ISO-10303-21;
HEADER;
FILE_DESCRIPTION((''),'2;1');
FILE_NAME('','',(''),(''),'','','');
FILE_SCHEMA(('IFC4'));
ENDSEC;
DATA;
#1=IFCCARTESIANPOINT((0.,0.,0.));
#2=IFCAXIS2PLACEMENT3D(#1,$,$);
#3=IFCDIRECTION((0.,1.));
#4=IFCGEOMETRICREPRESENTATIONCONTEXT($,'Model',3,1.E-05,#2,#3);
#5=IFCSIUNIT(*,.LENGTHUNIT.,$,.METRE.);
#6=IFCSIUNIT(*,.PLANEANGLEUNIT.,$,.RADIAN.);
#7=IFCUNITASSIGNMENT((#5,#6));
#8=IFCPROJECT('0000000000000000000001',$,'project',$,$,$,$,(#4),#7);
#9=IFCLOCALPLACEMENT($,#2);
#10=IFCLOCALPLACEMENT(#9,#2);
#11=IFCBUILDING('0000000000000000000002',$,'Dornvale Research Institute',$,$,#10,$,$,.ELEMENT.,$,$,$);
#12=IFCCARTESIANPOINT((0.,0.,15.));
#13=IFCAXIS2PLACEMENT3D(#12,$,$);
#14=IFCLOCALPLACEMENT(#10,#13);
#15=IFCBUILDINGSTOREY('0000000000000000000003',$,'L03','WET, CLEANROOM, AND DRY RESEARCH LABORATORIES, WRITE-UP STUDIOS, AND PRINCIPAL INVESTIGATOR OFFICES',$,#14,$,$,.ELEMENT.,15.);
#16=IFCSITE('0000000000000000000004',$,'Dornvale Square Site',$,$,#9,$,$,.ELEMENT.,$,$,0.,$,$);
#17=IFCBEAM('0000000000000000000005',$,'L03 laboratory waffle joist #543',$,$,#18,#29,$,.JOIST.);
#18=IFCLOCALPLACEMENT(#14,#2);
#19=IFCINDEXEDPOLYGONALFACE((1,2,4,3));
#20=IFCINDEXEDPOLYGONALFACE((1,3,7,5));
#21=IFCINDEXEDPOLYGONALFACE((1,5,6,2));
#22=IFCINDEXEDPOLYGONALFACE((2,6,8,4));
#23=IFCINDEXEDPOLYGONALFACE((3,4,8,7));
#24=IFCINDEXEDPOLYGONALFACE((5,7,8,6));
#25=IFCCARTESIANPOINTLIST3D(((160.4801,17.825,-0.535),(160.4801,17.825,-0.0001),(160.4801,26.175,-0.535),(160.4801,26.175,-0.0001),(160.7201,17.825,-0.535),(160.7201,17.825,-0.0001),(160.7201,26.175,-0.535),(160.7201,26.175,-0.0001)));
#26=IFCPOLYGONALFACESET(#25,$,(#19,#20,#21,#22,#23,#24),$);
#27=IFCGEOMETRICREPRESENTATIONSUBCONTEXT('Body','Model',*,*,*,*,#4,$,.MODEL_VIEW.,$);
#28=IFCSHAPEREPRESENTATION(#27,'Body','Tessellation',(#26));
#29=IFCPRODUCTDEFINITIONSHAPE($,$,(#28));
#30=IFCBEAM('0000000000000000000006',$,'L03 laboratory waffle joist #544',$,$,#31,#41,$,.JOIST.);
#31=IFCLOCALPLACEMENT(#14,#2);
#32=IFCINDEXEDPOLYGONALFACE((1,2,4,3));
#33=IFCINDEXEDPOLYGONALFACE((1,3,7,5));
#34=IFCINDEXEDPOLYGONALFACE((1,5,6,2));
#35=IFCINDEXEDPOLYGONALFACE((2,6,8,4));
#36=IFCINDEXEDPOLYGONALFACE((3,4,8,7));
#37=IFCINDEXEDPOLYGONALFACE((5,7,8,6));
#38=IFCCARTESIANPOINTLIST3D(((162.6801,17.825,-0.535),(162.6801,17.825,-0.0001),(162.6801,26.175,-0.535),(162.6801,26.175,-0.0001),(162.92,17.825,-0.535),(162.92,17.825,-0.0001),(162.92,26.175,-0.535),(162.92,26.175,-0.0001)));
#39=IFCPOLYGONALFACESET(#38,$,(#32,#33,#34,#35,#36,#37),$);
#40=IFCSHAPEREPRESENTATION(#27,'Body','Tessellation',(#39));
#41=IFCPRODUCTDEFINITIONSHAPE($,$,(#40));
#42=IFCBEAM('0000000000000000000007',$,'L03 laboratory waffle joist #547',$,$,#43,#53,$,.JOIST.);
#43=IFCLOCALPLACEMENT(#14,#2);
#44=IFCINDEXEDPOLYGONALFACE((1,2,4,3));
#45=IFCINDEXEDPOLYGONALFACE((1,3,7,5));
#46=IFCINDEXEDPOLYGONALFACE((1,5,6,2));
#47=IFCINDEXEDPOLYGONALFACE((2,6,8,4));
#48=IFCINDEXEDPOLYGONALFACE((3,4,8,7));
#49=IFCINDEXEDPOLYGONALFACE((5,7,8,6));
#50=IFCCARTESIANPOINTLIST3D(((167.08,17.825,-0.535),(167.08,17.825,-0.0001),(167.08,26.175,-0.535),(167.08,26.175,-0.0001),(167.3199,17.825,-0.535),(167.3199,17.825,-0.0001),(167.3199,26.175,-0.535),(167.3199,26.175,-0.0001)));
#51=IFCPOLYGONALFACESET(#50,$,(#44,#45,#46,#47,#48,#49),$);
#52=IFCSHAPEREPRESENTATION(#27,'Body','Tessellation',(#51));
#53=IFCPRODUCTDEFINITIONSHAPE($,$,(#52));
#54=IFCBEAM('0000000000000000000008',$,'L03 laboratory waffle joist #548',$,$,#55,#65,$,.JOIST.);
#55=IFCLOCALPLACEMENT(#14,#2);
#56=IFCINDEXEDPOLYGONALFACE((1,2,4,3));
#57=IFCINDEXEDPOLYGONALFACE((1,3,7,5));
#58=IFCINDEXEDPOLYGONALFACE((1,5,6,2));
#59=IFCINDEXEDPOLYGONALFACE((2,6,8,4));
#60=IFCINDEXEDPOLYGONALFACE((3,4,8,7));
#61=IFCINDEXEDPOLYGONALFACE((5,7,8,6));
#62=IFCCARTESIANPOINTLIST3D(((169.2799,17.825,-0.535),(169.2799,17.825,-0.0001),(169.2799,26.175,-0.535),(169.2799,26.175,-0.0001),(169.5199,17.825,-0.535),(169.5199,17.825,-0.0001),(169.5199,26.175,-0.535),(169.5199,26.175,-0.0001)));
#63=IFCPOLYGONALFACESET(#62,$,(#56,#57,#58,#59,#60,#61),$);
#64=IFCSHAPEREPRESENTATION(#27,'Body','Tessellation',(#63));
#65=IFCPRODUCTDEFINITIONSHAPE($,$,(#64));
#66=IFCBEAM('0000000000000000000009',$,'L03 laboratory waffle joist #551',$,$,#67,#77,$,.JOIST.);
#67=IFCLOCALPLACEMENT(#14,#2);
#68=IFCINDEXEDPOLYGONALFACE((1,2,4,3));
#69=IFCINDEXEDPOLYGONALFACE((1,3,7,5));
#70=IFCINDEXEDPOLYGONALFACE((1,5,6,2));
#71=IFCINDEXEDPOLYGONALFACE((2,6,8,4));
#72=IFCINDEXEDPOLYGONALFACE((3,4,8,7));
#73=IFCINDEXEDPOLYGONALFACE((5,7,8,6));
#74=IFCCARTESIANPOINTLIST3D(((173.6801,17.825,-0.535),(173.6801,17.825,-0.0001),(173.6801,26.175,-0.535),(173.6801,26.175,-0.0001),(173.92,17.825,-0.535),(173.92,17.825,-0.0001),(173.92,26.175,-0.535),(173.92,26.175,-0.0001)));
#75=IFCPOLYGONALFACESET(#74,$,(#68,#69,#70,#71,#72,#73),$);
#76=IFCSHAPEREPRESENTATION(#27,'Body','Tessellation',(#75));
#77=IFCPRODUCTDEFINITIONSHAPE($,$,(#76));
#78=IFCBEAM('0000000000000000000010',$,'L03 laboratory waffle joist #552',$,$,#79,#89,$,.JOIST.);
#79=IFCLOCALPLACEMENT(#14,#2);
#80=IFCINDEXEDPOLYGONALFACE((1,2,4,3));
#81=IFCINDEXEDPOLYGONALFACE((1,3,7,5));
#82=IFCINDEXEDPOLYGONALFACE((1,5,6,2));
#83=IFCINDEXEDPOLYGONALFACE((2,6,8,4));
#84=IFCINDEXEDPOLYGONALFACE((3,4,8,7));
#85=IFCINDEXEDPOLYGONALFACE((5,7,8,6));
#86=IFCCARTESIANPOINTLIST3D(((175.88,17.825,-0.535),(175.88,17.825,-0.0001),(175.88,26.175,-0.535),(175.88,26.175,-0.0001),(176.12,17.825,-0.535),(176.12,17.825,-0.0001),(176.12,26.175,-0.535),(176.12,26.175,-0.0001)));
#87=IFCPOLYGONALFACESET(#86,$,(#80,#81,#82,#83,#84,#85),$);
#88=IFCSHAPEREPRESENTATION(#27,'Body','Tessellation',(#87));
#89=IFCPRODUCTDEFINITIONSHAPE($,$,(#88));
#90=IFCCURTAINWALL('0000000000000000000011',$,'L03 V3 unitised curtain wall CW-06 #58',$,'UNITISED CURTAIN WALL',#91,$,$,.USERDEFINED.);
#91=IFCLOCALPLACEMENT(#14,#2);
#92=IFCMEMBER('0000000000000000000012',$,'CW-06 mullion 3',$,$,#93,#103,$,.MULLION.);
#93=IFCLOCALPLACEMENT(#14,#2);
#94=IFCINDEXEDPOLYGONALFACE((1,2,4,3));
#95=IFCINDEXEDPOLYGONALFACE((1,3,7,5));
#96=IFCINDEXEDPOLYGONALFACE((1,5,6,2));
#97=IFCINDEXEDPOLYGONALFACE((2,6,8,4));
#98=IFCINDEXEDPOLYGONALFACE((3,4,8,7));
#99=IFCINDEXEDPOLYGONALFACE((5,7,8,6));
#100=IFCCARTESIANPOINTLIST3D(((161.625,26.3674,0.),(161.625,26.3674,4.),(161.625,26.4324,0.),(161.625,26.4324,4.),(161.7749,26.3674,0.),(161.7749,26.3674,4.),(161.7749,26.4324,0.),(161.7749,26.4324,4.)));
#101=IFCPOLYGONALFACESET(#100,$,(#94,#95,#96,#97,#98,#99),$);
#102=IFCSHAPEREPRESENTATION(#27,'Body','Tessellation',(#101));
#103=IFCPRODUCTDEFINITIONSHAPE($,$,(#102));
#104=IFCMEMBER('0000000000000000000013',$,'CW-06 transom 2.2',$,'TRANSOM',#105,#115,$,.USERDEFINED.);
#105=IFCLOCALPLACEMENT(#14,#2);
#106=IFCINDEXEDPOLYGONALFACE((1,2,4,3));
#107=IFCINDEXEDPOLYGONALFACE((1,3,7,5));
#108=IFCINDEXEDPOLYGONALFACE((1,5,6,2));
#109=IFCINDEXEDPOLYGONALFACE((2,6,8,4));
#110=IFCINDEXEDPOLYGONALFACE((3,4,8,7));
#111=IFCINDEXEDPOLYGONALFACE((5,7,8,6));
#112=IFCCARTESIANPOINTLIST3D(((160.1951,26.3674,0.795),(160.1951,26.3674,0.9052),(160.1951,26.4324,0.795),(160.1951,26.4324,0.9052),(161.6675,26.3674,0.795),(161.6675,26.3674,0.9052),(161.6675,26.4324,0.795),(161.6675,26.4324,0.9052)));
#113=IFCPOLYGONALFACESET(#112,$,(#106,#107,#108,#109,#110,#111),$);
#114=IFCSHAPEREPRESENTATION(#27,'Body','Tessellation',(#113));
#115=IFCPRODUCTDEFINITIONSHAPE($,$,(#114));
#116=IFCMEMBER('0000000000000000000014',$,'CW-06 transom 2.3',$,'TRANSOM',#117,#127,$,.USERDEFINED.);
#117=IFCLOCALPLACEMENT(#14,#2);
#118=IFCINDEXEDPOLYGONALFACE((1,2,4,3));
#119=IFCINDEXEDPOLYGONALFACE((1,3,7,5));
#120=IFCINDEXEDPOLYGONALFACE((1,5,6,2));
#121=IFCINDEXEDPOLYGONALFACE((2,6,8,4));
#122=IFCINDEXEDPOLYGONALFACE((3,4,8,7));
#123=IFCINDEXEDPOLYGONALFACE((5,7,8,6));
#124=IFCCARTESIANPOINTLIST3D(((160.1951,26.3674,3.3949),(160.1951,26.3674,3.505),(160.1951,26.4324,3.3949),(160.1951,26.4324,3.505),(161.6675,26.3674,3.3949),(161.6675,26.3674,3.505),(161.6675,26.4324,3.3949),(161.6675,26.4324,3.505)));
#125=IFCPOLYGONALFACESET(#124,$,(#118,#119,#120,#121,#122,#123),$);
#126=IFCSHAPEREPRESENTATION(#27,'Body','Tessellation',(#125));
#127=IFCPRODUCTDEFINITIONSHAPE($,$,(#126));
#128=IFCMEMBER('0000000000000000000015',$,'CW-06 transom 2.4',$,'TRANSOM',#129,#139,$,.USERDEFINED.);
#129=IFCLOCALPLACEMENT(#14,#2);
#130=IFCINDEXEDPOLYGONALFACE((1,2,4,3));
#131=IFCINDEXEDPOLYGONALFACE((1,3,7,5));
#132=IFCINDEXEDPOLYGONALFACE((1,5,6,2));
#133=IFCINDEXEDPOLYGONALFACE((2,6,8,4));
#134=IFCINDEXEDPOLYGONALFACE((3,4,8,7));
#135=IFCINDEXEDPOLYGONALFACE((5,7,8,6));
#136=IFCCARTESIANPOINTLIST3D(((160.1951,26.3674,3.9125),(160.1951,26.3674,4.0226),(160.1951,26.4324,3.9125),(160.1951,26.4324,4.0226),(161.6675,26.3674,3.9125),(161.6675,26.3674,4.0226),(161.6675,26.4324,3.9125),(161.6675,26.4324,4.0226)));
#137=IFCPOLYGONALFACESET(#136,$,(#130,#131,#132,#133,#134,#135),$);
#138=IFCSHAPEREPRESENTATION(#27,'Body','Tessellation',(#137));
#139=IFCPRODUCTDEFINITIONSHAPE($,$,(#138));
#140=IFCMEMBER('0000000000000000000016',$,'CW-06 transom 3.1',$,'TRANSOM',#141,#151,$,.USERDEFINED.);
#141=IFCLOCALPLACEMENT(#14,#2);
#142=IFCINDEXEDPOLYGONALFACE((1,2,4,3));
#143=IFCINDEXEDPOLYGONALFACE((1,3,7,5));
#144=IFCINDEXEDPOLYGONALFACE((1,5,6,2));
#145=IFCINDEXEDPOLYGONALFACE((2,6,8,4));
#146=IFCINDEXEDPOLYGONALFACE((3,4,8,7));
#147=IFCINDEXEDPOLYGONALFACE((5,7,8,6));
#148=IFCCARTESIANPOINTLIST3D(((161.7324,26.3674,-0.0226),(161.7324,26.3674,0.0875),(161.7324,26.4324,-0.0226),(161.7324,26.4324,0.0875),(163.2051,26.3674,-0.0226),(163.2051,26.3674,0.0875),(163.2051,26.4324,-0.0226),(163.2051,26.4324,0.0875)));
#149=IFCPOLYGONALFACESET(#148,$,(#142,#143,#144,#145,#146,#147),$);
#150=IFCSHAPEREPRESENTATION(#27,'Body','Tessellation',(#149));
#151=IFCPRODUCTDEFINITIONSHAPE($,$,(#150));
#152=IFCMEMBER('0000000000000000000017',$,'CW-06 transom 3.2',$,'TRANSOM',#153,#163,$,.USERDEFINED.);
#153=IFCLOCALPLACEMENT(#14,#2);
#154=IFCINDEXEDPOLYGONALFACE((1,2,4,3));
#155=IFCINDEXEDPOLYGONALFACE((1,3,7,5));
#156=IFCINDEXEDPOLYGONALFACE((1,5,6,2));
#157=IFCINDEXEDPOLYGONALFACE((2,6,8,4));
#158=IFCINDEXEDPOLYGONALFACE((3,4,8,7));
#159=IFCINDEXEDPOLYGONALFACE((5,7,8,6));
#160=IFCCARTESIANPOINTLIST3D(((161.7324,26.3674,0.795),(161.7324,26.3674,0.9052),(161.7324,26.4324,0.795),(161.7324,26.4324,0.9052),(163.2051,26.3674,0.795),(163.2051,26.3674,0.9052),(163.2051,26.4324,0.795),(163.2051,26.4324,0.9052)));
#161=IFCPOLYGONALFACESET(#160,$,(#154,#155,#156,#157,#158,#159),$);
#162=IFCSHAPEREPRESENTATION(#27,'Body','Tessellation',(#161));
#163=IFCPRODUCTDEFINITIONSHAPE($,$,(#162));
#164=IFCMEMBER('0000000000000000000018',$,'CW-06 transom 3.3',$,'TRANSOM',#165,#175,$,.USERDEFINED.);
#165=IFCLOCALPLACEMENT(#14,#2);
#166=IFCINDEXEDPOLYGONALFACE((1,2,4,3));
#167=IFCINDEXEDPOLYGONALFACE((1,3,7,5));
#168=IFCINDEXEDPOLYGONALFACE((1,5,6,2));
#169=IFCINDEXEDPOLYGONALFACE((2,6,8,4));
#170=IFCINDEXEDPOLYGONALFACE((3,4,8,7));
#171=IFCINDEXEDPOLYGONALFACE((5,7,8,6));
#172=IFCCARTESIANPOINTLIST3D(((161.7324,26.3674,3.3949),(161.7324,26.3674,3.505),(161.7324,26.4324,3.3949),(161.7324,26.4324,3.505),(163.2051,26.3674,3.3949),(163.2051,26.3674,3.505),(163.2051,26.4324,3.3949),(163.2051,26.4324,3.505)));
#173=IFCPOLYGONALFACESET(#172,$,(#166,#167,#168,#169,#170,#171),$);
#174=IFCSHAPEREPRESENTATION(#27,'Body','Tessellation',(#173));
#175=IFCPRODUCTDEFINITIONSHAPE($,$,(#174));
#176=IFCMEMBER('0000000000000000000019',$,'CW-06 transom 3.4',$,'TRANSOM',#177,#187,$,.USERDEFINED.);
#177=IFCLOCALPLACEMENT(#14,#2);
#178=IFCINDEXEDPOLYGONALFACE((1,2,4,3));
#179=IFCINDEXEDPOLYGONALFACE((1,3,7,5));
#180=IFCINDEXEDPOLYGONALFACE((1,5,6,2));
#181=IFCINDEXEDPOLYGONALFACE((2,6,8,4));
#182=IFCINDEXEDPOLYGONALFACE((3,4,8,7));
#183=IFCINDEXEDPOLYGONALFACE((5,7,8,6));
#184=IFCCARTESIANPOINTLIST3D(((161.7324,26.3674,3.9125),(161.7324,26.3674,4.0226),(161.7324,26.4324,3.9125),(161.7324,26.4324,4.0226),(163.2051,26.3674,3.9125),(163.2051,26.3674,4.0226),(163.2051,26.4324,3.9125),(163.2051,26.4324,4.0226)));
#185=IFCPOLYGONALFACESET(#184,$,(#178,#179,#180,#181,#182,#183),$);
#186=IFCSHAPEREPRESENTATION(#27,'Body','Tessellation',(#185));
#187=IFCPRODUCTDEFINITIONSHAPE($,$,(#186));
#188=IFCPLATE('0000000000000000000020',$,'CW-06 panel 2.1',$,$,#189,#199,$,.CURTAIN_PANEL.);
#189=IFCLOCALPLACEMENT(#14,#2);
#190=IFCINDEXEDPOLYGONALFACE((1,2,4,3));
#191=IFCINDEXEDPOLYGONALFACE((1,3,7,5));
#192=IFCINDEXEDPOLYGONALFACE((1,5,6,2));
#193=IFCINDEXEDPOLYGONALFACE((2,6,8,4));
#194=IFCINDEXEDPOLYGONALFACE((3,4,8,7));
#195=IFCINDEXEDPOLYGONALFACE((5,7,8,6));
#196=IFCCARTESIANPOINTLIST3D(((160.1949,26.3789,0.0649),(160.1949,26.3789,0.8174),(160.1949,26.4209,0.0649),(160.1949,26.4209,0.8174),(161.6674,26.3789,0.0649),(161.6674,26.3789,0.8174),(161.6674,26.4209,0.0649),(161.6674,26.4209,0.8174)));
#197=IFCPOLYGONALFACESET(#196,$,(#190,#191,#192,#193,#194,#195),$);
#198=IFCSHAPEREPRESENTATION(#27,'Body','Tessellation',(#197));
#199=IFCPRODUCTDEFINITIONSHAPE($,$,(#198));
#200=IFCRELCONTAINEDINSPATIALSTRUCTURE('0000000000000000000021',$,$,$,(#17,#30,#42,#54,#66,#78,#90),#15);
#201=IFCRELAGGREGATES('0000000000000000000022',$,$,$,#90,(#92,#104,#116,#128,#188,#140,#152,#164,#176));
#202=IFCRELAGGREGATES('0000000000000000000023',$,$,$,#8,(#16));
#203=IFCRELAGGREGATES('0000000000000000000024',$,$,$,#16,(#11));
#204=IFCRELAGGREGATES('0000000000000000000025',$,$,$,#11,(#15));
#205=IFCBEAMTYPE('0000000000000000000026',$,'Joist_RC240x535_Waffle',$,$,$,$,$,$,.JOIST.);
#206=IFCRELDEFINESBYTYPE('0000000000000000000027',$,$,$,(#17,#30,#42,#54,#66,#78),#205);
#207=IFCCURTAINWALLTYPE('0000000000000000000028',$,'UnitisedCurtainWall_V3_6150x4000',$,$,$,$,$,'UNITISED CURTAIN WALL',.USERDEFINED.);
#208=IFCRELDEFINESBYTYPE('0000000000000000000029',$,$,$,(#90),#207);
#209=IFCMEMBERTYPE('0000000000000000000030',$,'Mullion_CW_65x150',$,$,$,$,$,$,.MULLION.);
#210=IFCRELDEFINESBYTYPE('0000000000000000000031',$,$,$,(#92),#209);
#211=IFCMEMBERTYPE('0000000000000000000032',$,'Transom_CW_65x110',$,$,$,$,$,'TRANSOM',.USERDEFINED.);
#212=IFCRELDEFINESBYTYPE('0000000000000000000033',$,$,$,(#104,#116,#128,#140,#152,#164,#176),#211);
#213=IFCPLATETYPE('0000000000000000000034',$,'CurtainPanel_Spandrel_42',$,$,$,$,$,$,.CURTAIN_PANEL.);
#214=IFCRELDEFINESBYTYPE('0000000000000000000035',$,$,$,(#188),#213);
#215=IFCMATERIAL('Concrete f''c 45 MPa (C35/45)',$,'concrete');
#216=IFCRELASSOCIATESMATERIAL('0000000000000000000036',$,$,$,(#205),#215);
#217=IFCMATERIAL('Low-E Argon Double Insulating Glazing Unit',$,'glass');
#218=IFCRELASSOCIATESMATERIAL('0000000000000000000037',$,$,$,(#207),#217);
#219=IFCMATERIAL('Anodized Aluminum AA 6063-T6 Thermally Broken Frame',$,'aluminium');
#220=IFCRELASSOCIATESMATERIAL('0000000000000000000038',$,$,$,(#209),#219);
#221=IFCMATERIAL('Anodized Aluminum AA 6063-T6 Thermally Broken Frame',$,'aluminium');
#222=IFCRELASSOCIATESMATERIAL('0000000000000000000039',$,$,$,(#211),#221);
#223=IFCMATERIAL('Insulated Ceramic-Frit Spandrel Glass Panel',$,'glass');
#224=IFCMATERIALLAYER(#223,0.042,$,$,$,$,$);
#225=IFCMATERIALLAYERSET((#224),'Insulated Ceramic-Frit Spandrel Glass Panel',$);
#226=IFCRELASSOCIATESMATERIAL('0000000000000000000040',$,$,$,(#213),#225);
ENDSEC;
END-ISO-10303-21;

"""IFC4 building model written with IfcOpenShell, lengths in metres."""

from ifc_helpers import new_model, si_unit, direction, frame, origin, origin_2d, place, context, subcontext, project, spatial, rectangle, extrude, material, layer, layer_set, material_profile, profile_set, type_object, element, aggregate, save


model = new_model("IFC4")

# Units and contexts
model_context = context("Model", 3, precision=1e-05, world=origin(), true_north=direction((0.0, 1.0)))
body_context = subcontext(model_context, "Body", "Model", "MODEL_VIEW")
ifc_project = project(units=[si_unit("LENGTHUNIT", "METRE"), si_unit("PLANEANGLEUNIT", "RADIAN")], contexts=[model_context])

# Site, building, storey
site_placement = place(None, origin())
site = spatial("IfcSite", under=ifc_project, at=site_placement, Name="Dornvale Square Site", CompositionType="ELEMENT", RefElevation=0.0)
building_placement = place(site_placement, origin())
building = spatial("IfcBuilding", under=site, at=building_placement, Name="Dornvale Research Institute", CompositionType="ELEMENT")
storey_placement = place(building_placement, frame((0.0, 0.0, 15.0)))
storey = spatial("IfcBuildingStorey", under=building, at=storey_placement, Name="L03", Description="WET, CLEANROOM, AND DRY RESEARCH LABORATORIES, WRITE-UP STUDIOS, AND PRINCIPAL INVESTIGATOR OFFICES", CompositionType="ELEMENT", Elevation=15.0)

# Beams
ifc_material_1 = material(Name="Concrete f'c 45 MPa (C35/45)", Category="concrete")
ifc_material_profile_1 = material_profile(ifc_material_1, rectangle(XDim=0.24, YDim=0.5349, at=origin_2d()), Name="RC 240x535")
ifc_profile_set_1 = profile_set([ifc_material_profile_1], Name="Concrete f'c 45 MPa (C35/45)")
beam_type = type_object("IfcBeamType", Name="Joist_RC240x535_Waffle", PredefinedType="JOIST", material=ifc_profile_set_1)
for number, where, z_axis, x_axis, name in (
    (1, (160.6001, 17.825, -0.2676), (0.0, 1.0, 0.0), (-1.0, 0.0, 0.0), "L03 laboratory waffle joist #543"),
    (2, (162.8, 17.825, -0.2676), (0.0, 1.0, 0.0), (-1.0, 0.0, 0.0), "L03 laboratory waffle joist #544"),
    (3, (167.2, 17.825, -0.2676), (0.0, 1.0, 0.0), (-1.0, 0.0, 0.0), "L03 laboratory waffle joist #547"),
    (4, (169.3999, 17.825, -0.2676), (0.0, 1.0, 0.0), (-1.0, 0.0, 0.0), "L03 laboratory waffle joist #548"),
    (5, (173.8, 17.825, -0.2676), (0.0, 1.0, 0.0), (-1.0, 0.0, 0.0), "L03 laboratory waffle joist #551"),
    (6, (176.0, 17.825, -0.2676), (0.0, 1.0, 0.0), (-1.0, 0.0, 0.0), "L03 laboratory waffle joist #552"),
):
    element("IfcBeam", number, at=place(storey_placement, frame(where, z_axis=z_axis, x_axis=x_axis)), inside=storey, type_object=beam_type, Name=name, PredefinedType="JOIST", context=body_context, shape_type="SweptSolid", body=[
        extrude(rectangle(XDim=0.24, YDim=0.5349, at=origin_2d()), origin(), (0.0, 0.0, 1.0), 8.3501),
    ])

# Curtain wall, members, plate
ifc_material_2 = material(Name="Low-E Argon Double Insulating Glazing Unit", Category="glass")
curtain_wall_type = type_object("IfcCurtainWallType", Name="UnitisedCurtainWall_V3_6150x4000", ElementType="UNITISED CURTAIN WALL", PredefinedType="USERDEFINED", material=ifc_material_2)
curtain_wall_placement = place(storey_placement, origin())
curtain_wall = element("IfcCurtainWall", 7, at=curtain_wall_placement, inside=storey, type_object=curtain_wall_type, Name="L03 V3 unitised curtain wall CW-06 #58", ObjectType="UNITISED CURTAIN WALL", PredefinedType="USERDEFINED")
ifc_material_3 = material(Name="Anodized Aluminum AA 6063-T6 Thermally Broken Frame", Category="aluminium")
ifc_material_profile_2 = material_profile(ifc_material_3, rectangle(XDim=0.0649, YDim=0.1499, at=origin_2d()), Name="ALU MULLION 65x150")
ifc_profile_set_2 = profile_set([ifc_material_profile_2], Name="Anodized Aluminum AA 6063-T6 Thermally Broken Frame")
member_type_1 = type_object("IfcMemberType", Name="Mullion_CW_65x150", PredefinedType="MULLION", material=ifc_profile_set_2)
member_1_placement = place(storey_placement, frame((161.7, 26.3999, 0.0), z_axis=(0.0, 0.0, 1.0), x_axis=(0.0, 1.0, 0.0)))
member_1 = element("IfcMember", 8, at=member_1_placement, type_object=member_type_1, Name="CW-06 mullion 3", PredefinedType="MULLION", context=body_context, shape_type="SweptSolid", body=[
    extrude(rectangle(XDim=0.0649, YDim=0.1499, at=origin_2d()), origin(), (0.0, 0.0, 1.0), 4.0),
])
ifc_material_4 = material(Name="Anodized Aluminum AA 6063-T6 Thermally Broken Frame", Category="aluminium")
ifc_material_profile_3 = material_profile(ifc_material_4, rectangle(XDim=0.0649, YDim=0.1101, at=origin_2d()), Name="ALU TRANSOM 65x110")
ifc_profile_set_3 = profile_set([ifc_material_profile_3], Name="Anodized Aluminum AA 6063-T6 Thermally Broken Frame")
member_type_2 = type_object("IfcMemberType", Name="Transom_CW_65x110", ElementType="TRANSOM", PredefinedType="USERDEFINED", material=ifc_profile_set_3)
member_2_placement = place(storey_placement, frame((160.1951, 26.3999, 0.8501), z_axis=(1.0, 0.0, 0.0), x_axis=(0.0, 1.0, 0.0)))
member_2 = element("IfcMember", 9, at=member_2_placement, type_object=member_type_2, Name="CW-06 transom 2.2", ObjectType="TRANSOM", PredefinedType="USERDEFINED", context=body_context, shape_type="SweptSolid", body=[
    extrude(rectangle(XDim=0.0649, YDim=0.1101, at=origin_2d()), origin(), (0.0, 0.0, 1.0), 1.4724),
])
member_3_placement = place(storey_placement, frame((160.1951, 26.3999, 3.45), z_axis=(1.0, 0.0, 0.0), x_axis=(0.0, 1.0, 0.0)))
member_3 = element("IfcMember", 10, at=member_3_placement, type_object=member_type_2, Name="CW-06 transom 2.3", ObjectType="TRANSOM", PredefinedType="USERDEFINED", context=body_context, shape_type="SweptSolid", body=[
    extrude(rectangle(XDim=0.0649, YDim=0.1101, at=origin_2d()), origin(), (0.0, 0.0, 1.0), 1.4724),
])
member_4_placement = place(storey_placement, frame((160.1951, 26.3999, 3.9675), z_axis=(1.0, 0.0, 0.0), x_axis=(0.0, 1.0, 0.0)))
member_4 = element("IfcMember", 11, at=member_4_placement, type_object=member_type_2, Name="CW-06 transom 2.4", ObjectType="TRANSOM", PredefinedType="USERDEFINED", context=body_context, shape_type="SweptSolid", body=[
    extrude(rectangle(XDim=0.0649, YDim=0.1101, at=origin_2d()), origin(), (0.0, 0.0, 1.0), 1.4724),
])
member_5_placement = place(storey_placement, frame((161.7324, 26.3999, 0.0325), z_axis=(1.0, 0.0, 0.0), x_axis=(0.0, 1.0, 0.0)))
member_5 = element("IfcMember", 12, at=member_5_placement, type_object=member_type_2, Name="CW-06 transom 3.1", ObjectType="TRANSOM", PredefinedType="USERDEFINED", context=body_context, shape_type="SweptSolid", body=[
    extrude(rectangle(XDim=0.0649, YDim=0.1101, at=origin_2d()), origin(), (0.0, 0.0, 1.0), 1.4727),
])
member_6_placement = place(storey_placement, frame((161.7324, 26.3999, 0.8501), z_axis=(1.0, 0.0, 0.0), x_axis=(0.0, 1.0, 0.0)))
member_6 = element("IfcMember", 13, at=member_6_placement, type_object=member_type_2, Name="CW-06 transom 3.2", ObjectType="TRANSOM", PredefinedType="USERDEFINED", context=body_context, shape_type="SweptSolid", body=[
    extrude(rectangle(XDim=0.0649, YDim=0.1101, at=origin_2d()), origin(), (0.0, 0.0, 1.0), 1.4727),
])
member_7_placement = place(storey_placement, frame((161.7324, 26.3999, 3.45), z_axis=(1.0, 0.0, 0.0), x_axis=(0.0, 1.0, 0.0)))
member_7 = element("IfcMember", 14, at=member_7_placement, type_object=member_type_2, Name="CW-06 transom 3.3", ObjectType="TRANSOM", PredefinedType="USERDEFINED", context=body_context, shape_type="SweptSolid", body=[
    extrude(rectangle(XDim=0.0649, YDim=0.1101, at=origin_2d()), origin(), (0.0, 0.0, 1.0), 1.4727),
])
member_8_placement = place(storey_placement, frame((161.7324, 26.3999, 3.9675), z_axis=(1.0, 0.0, 0.0), x_axis=(0.0, 1.0, 0.0)))
member_8 = element("IfcMember", 15, at=member_8_placement, type_object=member_type_2, Name="CW-06 transom 3.4", ObjectType="TRANSOM", PredefinedType="USERDEFINED", context=body_context, shape_type="SweptSolid", body=[
    extrude(rectangle(XDim=0.0649, YDim=0.1101, at=origin_2d()), origin(), (0.0, 0.0, 1.0), 1.4727),
])
ifc_material_5 = material(Name="Insulated Ceramic-Frit Spandrel Glass Panel", Category="glass")
ifc_layer_1 = layer(ifc_material_5, 0.042)
ifc_layer_set_1 = layer_set([ifc_layer_1], Name="Insulated Ceramic-Frit Spandrel Glass Panel")
plate_type_1 = type_object("IfcPlateType", Name="CurtainPanel_Spandrel_42", PredefinedType="CURTAIN_PANEL", material=ifc_layer_set_1)
plate_1_placement = place(storey_placement, frame((160.9312, 26.3999, 0.0649), z_axis=(0.0, 0.0, 1.0), x_axis=(1.0, 0.0, 0.0)))
plate_1 = element("IfcPlate", 16, at=plate_1_placement, type_object=plate_type_1, Name="CW-06 panel 2.1", PredefinedType="CURTAIN_PANEL", context=body_context, shape_type="SweptSolid", body=[
    extrude(rectangle(XDim=1.4724, YDim=0.042, at=origin_2d()), origin(), (0.0, 0.0, 1.0), 0.7524),
])
aggregate(curtain_wall, [member_1, member_2, member_3, member_4, plate_1, member_5, member_6, member_7, member_8])

save(model, "model.ifc")
